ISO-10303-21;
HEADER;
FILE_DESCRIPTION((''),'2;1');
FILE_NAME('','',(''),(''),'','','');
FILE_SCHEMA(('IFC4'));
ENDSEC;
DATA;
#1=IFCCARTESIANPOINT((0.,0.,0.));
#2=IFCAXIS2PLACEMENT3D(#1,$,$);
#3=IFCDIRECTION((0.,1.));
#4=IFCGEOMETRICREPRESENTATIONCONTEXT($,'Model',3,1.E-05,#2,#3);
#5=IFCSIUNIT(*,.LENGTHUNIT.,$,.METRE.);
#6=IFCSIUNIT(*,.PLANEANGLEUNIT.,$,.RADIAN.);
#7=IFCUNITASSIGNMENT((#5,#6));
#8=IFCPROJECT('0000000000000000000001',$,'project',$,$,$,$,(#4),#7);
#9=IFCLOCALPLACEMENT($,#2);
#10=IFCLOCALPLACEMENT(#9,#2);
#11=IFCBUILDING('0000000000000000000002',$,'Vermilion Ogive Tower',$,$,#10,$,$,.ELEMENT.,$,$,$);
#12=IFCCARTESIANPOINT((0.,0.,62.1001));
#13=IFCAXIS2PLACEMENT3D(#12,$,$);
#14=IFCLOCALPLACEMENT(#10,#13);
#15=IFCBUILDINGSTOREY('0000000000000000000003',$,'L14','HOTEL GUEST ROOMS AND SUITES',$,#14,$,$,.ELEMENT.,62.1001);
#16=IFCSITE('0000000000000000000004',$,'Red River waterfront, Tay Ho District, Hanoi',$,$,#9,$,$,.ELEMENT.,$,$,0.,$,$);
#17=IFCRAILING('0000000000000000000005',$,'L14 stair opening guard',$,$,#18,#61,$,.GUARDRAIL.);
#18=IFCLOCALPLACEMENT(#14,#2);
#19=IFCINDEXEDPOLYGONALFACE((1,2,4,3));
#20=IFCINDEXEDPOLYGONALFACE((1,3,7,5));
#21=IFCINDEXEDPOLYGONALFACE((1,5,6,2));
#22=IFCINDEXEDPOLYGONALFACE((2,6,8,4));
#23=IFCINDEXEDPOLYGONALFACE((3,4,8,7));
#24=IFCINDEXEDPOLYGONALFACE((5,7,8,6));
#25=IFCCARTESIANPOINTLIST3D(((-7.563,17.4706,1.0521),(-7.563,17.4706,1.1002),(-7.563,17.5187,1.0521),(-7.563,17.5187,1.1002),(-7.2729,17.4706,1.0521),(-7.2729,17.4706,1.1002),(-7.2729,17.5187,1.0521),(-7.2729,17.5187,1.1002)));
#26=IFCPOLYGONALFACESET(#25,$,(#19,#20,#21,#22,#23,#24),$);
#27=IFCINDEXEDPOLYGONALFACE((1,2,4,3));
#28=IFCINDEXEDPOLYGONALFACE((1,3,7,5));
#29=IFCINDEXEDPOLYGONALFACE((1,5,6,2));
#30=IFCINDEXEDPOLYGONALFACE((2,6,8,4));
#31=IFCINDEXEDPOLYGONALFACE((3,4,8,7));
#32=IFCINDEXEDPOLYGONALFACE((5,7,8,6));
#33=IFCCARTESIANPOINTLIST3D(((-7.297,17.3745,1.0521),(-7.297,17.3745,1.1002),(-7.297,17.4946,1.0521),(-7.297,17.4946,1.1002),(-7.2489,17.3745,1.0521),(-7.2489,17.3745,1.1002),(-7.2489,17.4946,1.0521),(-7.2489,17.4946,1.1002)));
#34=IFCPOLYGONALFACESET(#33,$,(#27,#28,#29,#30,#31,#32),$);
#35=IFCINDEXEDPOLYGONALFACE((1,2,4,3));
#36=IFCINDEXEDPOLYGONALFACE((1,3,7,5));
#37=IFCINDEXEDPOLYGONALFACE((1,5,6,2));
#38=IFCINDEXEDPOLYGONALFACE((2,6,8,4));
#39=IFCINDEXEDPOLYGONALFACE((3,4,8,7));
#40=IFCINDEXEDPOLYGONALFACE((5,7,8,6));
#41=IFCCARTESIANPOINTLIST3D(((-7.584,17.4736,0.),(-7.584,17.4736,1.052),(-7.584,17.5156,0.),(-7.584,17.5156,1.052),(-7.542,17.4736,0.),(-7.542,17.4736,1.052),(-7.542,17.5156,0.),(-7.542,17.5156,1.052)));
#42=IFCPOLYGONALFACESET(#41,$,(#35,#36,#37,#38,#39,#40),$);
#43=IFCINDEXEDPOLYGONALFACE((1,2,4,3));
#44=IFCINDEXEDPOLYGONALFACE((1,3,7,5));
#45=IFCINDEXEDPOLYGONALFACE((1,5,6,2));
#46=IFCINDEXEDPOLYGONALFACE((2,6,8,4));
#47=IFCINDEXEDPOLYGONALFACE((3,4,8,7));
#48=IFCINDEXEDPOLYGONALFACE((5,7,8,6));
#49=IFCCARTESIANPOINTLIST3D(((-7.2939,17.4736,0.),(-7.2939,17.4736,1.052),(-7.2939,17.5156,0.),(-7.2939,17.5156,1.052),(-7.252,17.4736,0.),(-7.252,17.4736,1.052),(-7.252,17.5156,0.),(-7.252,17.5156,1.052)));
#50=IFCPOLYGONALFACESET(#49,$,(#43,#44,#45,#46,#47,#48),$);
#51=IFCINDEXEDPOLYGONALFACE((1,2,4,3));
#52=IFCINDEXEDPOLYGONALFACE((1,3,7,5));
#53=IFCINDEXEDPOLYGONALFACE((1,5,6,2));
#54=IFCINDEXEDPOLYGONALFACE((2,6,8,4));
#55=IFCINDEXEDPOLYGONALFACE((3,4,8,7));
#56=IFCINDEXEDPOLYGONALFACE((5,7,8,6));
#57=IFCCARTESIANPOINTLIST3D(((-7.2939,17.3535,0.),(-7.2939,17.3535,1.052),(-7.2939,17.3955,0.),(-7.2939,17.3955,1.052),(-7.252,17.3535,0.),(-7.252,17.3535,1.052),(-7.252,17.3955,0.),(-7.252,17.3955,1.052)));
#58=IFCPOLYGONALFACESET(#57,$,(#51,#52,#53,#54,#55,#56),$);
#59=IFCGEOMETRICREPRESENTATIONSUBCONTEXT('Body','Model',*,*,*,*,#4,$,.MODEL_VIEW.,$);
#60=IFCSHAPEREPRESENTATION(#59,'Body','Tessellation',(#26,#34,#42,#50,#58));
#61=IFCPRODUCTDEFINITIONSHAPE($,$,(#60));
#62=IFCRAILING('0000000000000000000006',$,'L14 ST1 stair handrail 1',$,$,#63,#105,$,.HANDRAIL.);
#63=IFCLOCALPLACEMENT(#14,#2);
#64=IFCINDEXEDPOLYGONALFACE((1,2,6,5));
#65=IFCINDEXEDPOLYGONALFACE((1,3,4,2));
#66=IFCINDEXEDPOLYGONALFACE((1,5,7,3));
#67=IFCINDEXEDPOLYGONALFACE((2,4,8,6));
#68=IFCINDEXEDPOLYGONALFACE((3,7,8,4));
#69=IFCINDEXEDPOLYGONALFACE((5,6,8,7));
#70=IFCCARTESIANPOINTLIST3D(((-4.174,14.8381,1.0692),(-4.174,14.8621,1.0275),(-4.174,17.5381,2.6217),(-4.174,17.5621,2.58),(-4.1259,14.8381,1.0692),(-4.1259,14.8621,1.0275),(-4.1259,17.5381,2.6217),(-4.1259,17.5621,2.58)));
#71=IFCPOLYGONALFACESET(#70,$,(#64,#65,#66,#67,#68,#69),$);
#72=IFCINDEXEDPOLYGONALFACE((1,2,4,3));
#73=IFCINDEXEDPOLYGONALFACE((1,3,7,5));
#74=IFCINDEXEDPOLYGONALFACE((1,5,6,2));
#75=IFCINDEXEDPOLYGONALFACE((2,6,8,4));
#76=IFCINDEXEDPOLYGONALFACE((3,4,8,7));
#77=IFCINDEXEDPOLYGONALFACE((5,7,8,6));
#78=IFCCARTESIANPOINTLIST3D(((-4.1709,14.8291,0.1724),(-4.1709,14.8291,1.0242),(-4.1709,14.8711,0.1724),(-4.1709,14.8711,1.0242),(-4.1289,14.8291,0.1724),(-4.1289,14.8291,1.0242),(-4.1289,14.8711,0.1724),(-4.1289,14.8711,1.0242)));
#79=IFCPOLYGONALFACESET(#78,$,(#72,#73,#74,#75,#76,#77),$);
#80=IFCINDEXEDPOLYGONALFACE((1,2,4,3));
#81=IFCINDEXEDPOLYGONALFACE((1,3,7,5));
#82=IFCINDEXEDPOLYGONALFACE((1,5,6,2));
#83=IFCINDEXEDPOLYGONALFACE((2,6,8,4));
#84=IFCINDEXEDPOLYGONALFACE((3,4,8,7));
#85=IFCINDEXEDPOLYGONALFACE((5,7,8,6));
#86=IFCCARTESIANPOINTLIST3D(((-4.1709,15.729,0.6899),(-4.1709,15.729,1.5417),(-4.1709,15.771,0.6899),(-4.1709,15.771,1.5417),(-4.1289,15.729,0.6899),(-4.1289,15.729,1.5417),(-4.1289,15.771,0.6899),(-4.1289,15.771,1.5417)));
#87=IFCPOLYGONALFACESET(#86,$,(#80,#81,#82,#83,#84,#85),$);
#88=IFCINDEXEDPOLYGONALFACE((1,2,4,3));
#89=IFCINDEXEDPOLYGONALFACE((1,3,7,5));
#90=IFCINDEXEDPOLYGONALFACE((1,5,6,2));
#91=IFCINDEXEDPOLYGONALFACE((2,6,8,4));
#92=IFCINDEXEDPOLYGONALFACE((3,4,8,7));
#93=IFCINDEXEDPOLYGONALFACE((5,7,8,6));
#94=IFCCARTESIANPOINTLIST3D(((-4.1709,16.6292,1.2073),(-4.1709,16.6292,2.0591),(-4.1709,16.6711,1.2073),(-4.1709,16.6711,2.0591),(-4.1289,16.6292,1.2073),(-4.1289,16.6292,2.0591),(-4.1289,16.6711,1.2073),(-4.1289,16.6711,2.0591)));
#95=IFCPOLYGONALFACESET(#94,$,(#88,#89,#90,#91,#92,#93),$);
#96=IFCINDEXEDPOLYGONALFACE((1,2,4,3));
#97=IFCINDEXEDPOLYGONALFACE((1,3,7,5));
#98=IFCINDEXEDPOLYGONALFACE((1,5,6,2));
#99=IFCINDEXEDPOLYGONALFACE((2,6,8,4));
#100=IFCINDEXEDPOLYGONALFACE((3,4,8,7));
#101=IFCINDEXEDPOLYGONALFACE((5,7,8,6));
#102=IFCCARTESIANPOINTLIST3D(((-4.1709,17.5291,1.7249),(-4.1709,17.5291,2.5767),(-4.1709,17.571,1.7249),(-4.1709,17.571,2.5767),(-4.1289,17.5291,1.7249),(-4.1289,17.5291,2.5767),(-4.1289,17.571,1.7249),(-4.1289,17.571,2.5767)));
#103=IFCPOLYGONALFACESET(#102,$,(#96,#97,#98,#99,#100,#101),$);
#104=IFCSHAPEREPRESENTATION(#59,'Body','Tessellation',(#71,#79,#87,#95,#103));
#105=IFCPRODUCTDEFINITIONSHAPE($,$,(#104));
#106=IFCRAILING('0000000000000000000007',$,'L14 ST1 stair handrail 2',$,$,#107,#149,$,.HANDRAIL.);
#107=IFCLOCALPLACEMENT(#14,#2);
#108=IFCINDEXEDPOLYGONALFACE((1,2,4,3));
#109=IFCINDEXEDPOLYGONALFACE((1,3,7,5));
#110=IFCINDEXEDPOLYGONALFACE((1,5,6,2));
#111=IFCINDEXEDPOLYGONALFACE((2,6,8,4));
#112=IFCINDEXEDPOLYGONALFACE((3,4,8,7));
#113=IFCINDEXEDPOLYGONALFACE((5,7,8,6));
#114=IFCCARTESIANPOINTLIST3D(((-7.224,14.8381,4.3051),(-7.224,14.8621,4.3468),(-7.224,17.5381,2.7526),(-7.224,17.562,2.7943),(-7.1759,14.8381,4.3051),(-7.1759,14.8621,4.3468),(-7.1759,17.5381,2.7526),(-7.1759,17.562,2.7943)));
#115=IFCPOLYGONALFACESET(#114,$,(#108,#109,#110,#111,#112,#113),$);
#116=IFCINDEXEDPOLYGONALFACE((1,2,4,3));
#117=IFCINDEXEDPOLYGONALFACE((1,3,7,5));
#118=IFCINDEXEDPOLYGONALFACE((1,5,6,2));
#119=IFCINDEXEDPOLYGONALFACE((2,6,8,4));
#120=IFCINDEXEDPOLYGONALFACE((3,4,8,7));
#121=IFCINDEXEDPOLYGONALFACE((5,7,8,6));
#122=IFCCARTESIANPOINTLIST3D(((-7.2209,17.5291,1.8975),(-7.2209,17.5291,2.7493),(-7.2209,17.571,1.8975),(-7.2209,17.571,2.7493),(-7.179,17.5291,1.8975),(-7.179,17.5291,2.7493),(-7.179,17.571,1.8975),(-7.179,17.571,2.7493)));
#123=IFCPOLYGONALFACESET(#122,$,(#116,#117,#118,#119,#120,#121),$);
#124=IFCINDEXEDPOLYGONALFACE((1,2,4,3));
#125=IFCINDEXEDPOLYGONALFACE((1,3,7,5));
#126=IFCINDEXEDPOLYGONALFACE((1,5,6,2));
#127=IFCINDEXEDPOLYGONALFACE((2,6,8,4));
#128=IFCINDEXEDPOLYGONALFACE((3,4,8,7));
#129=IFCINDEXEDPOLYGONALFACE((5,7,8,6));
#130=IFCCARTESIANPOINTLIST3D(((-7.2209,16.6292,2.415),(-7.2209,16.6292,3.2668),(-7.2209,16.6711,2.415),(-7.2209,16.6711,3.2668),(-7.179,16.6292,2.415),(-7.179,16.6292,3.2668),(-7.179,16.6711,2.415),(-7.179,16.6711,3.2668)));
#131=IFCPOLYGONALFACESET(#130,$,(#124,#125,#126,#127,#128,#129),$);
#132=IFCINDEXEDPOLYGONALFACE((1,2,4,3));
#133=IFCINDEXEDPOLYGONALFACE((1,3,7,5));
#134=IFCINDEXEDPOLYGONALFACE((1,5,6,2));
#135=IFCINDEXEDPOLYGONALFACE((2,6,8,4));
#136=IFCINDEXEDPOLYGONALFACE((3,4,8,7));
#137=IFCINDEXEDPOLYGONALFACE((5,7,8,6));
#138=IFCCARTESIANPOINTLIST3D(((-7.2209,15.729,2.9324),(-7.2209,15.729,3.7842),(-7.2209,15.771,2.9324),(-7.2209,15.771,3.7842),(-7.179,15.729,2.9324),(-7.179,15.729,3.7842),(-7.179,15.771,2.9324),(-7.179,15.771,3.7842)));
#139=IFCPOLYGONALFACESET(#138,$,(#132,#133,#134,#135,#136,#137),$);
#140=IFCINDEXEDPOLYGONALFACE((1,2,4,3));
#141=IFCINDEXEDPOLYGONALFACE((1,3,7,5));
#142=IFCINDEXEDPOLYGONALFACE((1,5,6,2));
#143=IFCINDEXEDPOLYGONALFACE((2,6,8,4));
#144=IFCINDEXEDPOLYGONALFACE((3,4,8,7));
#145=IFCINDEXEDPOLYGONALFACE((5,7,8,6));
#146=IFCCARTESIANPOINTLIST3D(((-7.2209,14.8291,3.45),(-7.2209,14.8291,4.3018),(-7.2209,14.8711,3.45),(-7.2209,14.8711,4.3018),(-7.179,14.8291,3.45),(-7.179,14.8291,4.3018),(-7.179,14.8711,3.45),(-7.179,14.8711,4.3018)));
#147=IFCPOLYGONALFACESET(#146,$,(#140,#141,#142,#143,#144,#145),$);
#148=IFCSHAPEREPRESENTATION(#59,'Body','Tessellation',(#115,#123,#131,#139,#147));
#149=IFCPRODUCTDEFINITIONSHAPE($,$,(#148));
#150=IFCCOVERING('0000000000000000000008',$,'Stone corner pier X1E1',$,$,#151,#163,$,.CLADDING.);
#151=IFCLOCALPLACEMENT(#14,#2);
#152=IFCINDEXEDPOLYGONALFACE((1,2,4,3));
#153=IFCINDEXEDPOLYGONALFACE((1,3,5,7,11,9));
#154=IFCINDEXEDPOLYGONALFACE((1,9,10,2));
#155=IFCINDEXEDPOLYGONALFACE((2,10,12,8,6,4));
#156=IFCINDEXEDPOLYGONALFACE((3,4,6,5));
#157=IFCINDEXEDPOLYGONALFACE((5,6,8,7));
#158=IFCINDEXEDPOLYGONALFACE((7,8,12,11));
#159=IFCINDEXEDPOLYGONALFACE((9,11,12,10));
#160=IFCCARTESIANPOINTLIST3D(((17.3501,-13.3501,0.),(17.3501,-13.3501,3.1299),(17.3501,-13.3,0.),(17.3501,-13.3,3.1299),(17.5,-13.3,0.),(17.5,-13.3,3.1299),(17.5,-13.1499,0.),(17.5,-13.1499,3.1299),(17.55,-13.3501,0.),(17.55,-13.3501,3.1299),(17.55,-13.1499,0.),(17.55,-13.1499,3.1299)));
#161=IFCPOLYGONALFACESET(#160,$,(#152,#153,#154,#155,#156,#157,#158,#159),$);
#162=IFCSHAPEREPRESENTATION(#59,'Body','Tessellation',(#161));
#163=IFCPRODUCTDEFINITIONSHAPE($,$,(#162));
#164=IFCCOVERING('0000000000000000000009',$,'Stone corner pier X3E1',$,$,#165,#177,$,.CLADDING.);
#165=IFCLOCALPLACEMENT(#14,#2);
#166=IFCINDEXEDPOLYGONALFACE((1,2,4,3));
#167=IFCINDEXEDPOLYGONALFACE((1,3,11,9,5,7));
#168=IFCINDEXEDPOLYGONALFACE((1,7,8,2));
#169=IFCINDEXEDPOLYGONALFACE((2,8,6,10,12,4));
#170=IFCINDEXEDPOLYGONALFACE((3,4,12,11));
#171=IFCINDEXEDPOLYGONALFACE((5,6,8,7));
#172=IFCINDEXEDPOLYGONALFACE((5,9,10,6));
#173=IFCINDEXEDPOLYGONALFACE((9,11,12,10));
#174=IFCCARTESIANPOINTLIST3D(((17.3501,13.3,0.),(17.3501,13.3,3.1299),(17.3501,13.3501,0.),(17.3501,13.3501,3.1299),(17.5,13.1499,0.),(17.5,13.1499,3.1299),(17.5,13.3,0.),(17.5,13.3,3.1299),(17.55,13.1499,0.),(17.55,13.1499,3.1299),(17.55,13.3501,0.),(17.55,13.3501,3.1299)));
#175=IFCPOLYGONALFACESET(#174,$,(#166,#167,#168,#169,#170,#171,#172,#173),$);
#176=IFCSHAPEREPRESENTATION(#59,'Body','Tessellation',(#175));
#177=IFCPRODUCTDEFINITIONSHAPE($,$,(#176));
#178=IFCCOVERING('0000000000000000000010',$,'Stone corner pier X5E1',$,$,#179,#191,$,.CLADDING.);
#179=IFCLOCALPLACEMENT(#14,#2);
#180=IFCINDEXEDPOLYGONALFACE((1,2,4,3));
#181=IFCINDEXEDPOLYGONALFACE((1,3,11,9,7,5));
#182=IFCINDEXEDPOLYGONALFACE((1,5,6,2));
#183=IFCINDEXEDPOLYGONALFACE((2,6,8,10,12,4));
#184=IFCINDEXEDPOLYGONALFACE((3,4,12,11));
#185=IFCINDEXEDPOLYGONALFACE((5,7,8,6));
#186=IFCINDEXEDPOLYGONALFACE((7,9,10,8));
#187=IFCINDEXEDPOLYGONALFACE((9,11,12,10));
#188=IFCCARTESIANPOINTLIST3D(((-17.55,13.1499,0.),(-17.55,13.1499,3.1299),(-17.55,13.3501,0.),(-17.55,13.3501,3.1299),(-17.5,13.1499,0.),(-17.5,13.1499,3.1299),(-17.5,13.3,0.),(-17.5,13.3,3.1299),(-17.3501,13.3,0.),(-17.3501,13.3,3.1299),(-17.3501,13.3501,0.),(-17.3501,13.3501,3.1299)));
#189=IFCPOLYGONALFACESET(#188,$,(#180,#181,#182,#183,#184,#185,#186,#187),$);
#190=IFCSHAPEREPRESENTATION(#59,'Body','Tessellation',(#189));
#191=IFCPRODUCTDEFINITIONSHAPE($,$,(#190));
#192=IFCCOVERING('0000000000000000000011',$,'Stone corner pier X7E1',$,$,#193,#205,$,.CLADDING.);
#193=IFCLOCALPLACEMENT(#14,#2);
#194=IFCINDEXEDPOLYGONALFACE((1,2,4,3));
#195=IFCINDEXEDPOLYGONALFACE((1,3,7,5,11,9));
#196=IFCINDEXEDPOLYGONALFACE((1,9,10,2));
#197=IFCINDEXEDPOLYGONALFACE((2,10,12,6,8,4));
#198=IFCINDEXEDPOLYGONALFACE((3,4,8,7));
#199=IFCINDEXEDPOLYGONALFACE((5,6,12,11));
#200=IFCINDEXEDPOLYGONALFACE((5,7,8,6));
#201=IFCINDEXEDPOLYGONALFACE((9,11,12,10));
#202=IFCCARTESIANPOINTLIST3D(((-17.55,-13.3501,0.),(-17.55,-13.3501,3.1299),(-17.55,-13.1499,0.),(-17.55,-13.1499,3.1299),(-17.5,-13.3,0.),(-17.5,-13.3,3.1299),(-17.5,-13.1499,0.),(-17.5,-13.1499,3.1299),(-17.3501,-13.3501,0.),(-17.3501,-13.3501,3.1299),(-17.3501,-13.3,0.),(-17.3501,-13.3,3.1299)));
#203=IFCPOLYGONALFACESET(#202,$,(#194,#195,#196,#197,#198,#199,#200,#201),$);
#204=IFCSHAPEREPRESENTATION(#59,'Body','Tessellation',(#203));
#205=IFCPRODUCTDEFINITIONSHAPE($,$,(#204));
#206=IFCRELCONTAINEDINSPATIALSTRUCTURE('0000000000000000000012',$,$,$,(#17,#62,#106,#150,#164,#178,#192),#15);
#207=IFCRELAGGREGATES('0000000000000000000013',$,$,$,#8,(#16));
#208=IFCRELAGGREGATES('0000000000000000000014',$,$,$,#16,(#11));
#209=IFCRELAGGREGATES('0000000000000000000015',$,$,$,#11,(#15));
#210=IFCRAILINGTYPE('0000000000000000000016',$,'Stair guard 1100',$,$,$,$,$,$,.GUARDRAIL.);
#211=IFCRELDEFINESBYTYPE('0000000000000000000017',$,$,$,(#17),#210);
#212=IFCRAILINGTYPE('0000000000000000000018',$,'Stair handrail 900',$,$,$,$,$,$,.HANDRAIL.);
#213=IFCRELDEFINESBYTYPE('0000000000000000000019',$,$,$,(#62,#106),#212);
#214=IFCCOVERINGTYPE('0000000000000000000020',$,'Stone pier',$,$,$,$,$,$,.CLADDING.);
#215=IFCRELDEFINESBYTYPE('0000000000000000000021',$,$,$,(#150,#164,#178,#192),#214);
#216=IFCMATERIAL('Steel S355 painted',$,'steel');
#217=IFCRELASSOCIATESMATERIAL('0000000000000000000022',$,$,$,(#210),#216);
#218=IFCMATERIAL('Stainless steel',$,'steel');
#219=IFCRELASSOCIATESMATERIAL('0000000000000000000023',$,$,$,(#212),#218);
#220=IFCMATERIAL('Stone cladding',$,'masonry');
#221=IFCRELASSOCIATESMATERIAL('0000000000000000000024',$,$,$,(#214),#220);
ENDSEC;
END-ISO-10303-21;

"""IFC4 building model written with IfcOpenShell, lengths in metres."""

from ifc_helpers import new_model, si_unit, direction, frame, origin, origin_2d, place, context, subcontext, project, spatial, polyline, rectangle, outline, extrude, material, type_object, element, save


model = new_model("IFC4")

# Units and contexts
model_context = context("Model", 3, precision=1e-05, world=origin(), true_north=direction((0.0, 1.0)))
body_context = subcontext(model_context, "Body", "Model", "MODEL_VIEW")
ifc_project = project(units=[si_unit("LENGTHUNIT", "METRE"), si_unit("PLANEANGLEUNIT", "RADIAN")], contexts=[model_context])

# Site, building, storey
site_placement = place(None, origin())
site = spatial("IfcSite", under=ifc_project, at=site_placement, Name="Red River waterfront, Tay Ho District, Hanoi", CompositionType="ELEMENT", RefElevation=0.0)
building_placement = place(site_placement, origin())
building = spatial("IfcBuilding", under=site, at=building_placement, Name="Vermilion Ogive Tower", CompositionType="ELEMENT")
storey_placement = place(building_placement, frame((0.0, 0.0, 62.1001)))
storey = spatial("IfcBuildingStorey", under=building, at=storey_placement, Name="L14", Description="HOTEL GUEST ROOMS AND SUITES", CompositionType="ELEMENT", Elevation=62.1001)

# Railings
ifc_material_1 = material(Name="Steel S355 painted", Category="steel")
railing_type_1 = type_object("IfcRailingType", Name="Stair guard 1100", PredefinedType="GUARDRAIL", material=ifc_material_1)
railing_1_placement = place(storey_placement, frame((-7.563, 17.4946, 0.0)))
element("IfcRailing", 1, at=railing_1_placement, inside=storey, type_object=railing_type_1, Name="L14 stair opening guard", PredefinedType="GUARDRAIL", context=body_context, shape_type="SweptSolid", body=[
    extrude(rectangle(XDim=0.0481, YDim=0.0481, at=origin_2d()), frame((0.0, 0.0, 1.0762), z_axis=(1.0, 0.0, 0.0), x_axis=(0.0, 1.0, 0.0)), (0.0, 0.0, 1.0), 0.29),
    extrude(rectangle(XDim=0.0481, YDim=0.0481, at=origin_2d()), frame((0.29, 0.0, 1.0762), z_axis=(0.0, -1.0, 0.0), x_axis=(1.0, 0.0, 0.0)), (0.0, 0.0, 1.0), 0.1201),
    extrude(rectangle(XDim=0.042, YDim=0.042, at=origin_2d()), origin(), (0.0, 0.0, 1.0), 1.052),
    extrude(rectangle(XDim=0.042, YDim=0.042, at=origin_2d()), frame((0.29, 0.0, 0.0)), (0.0, 0.0, 1.0), 1.052),
    extrude(rectangle(XDim=0.042, YDim=0.042, at=origin_2d()), frame((0.29, -0.1201, 0.0)), (0.0, 0.0, 1.0), 1.052),
])
ifc_material_2 = material(Name="Stainless steel", Category="steel")
railing_type_2 = type_object("IfcRailingType", Name="Stair handrail 900", PredefinedType="HANDRAIL", material=ifc_material_2)
railing_2_placement = place(storey_placement, frame((-4.1499, 14.8501, 0.1724)))
element("IfcRailing", 2, at=railing_2_placement, inside=storey, type_object=railing_type_2, Name="L14 ST1 stair handrail 1", PredefinedType="HANDRAIL", context=body_context, shape_type="SweptSolid", body=[
    extrude(rectangle(XDim=0.0481, YDim=0.0481, at=origin_2d()), frame((0.0, 0.0, 0.876), z_axis=(0.0, 0.866904, 0.498476), x_axis=(-1.0, 0.0, 0.0)), (0.0, 0.0, 1.0), 3.1145),
    extrude(rectangle(XDim=0.042, YDim=0.042, at=origin_2d()), origin(), (0.0, 0.0, 1.0), 0.8518),
    extrude(rectangle(XDim=0.042, YDim=0.042, at=origin_2d()), frame((0.0, 0.8999, 0.5176)), (0.0, 0.0, 1.0), 0.8518),
    extrude(rectangle(XDim=0.042, YDim=0.042, at=origin_2d()), frame((0.0, 1.8, 1.0349)), (0.0, 0.0, 1.0), 0.8518),
    extrude(rectangle(XDim=0.042, YDim=0.042, at=origin_2d()), frame((0.0, 2.7, 1.5525)), (0.0, 0.0, 1.0), 0.8518),
])
railing_3_placement = place(storey_placement, frame((-7.2, 17.55, 1.8975)))
element("IfcRailing", 3, at=railing_3_placement, inside=storey, type_object=railing_type_2, Name="L14 ST1 stair handrail 2", PredefinedType="HANDRAIL", context=body_context, shape_type="SweptSolid", body=[
    extrude(rectangle(XDim=0.0481, YDim=0.0481, at=origin_2d()), frame((0.0, 0.0, 0.876), z_axis=(0.0, -0.866904, 0.498476), x_axis=(1.0, 0.0, 0.0)), (0.0, 0.0, 1.0), 3.1145),
    extrude(rectangle(XDim=0.042, YDim=0.042, at=origin_2d()), origin(), (0.0, 0.0, 1.0), 0.8518),
    extrude(rectangle(XDim=0.042, YDim=0.042, at=origin_2d()), frame((0.0, -0.8999, 0.5176)), (0.0, 0.0, 1.0), 0.8518),
    extrude(rectangle(XDim=0.042, YDim=0.042, at=origin_2d()), frame((0.0, -1.8, 1.0349)), (0.0, 0.0, 1.0), 0.8518),
    extrude(rectangle(XDim=0.042, YDim=0.042, at=origin_2d()), frame((0.0, -2.7, 1.5525)), (0.0, 0.0, 1.0), 0.8518),
])

# Coverings
ifc_material_3 = material(Name="Stone cladding", Category="masonry")
covering_type_1 = type_object("IfcCoveringType", Name="Stone pier", PredefinedType="CLADDING", material=ifc_material_3)
covering_1_placement = place(storey_placement, origin())
element("IfcCovering", 4, at=covering_1_placement, inside=storey, type_object=covering_type_1, Name="Stone corner pier X1E1", PredefinedType="CLADDING", context=body_context, shape_type="SweptSolid", body=[
    extrude(outline(polyline([(17.3501, -13.3), (17.5, -13.3), (17.5, -13.1499), (17.55, -13.1499), (17.55, -13.3501), (17.3501, -13.3501), (17.3501, -13.3)])), origin(), (0.0, 0.0, 1.0), 3.1299),
])
covering_2_placement = place(storey_placement, origin())
element("IfcCovering", 5, at=covering_2_placement, inside=storey, type_object=covering_type_1, Name="Stone corner pier X3E1", PredefinedType="CLADDING", context=body_context, shape_type="SweptSolid", body=[
    extrude(outline(polyline([(17.5, 13.1499), (17.5, 13.3), (17.3501, 13.3), (17.3501, 13.3501), (17.55, 13.3501), (17.55, 13.1499), (17.5, 13.1499)])), origin(), (0.0, 0.0, 1.0), 3.1299),
])
covering_3_placement = place(storey_placement, origin())
element("IfcCovering", 6, at=covering_3_placement, inside=storey, type_object=covering_type_1, Name="Stone corner pier X5E1", PredefinedType="CLADDING", context=body_context, shape_type="SweptSolid", body=[
    extrude(outline(polyline([(-17.3501, 13.3), (-17.5, 13.3), (-17.5, 13.1499), (-17.55, 13.1499), (-17.55, 13.3501), (-17.3501, 13.3501), (-17.3501, 13.3)])), origin(), (0.0, 0.0, 1.0), 3.1299),
])
covering_4_placement = place(storey_placement, origin())
element("IfcCovering", 7, at=covering_4_placement, inside=storey, type_object=covering_type_1, Name="Stone corner pier X7E1", PredefinedType="CLADDING", context=body_context, shape_type="SweptSolid", body=[
    extrude(outline(polyline([(-17.5, -13.1499), (-17.5, -13.3), (-17.3501, -13.3), (-17.3501, -13.3501), (-17.55, -13.3501), (-17.55, -13.1499), (-17.5, -13.1499)])), origin(), (0.0, 0.0, 1.0), 3.1299),
])

save(model, "model.ifc")
